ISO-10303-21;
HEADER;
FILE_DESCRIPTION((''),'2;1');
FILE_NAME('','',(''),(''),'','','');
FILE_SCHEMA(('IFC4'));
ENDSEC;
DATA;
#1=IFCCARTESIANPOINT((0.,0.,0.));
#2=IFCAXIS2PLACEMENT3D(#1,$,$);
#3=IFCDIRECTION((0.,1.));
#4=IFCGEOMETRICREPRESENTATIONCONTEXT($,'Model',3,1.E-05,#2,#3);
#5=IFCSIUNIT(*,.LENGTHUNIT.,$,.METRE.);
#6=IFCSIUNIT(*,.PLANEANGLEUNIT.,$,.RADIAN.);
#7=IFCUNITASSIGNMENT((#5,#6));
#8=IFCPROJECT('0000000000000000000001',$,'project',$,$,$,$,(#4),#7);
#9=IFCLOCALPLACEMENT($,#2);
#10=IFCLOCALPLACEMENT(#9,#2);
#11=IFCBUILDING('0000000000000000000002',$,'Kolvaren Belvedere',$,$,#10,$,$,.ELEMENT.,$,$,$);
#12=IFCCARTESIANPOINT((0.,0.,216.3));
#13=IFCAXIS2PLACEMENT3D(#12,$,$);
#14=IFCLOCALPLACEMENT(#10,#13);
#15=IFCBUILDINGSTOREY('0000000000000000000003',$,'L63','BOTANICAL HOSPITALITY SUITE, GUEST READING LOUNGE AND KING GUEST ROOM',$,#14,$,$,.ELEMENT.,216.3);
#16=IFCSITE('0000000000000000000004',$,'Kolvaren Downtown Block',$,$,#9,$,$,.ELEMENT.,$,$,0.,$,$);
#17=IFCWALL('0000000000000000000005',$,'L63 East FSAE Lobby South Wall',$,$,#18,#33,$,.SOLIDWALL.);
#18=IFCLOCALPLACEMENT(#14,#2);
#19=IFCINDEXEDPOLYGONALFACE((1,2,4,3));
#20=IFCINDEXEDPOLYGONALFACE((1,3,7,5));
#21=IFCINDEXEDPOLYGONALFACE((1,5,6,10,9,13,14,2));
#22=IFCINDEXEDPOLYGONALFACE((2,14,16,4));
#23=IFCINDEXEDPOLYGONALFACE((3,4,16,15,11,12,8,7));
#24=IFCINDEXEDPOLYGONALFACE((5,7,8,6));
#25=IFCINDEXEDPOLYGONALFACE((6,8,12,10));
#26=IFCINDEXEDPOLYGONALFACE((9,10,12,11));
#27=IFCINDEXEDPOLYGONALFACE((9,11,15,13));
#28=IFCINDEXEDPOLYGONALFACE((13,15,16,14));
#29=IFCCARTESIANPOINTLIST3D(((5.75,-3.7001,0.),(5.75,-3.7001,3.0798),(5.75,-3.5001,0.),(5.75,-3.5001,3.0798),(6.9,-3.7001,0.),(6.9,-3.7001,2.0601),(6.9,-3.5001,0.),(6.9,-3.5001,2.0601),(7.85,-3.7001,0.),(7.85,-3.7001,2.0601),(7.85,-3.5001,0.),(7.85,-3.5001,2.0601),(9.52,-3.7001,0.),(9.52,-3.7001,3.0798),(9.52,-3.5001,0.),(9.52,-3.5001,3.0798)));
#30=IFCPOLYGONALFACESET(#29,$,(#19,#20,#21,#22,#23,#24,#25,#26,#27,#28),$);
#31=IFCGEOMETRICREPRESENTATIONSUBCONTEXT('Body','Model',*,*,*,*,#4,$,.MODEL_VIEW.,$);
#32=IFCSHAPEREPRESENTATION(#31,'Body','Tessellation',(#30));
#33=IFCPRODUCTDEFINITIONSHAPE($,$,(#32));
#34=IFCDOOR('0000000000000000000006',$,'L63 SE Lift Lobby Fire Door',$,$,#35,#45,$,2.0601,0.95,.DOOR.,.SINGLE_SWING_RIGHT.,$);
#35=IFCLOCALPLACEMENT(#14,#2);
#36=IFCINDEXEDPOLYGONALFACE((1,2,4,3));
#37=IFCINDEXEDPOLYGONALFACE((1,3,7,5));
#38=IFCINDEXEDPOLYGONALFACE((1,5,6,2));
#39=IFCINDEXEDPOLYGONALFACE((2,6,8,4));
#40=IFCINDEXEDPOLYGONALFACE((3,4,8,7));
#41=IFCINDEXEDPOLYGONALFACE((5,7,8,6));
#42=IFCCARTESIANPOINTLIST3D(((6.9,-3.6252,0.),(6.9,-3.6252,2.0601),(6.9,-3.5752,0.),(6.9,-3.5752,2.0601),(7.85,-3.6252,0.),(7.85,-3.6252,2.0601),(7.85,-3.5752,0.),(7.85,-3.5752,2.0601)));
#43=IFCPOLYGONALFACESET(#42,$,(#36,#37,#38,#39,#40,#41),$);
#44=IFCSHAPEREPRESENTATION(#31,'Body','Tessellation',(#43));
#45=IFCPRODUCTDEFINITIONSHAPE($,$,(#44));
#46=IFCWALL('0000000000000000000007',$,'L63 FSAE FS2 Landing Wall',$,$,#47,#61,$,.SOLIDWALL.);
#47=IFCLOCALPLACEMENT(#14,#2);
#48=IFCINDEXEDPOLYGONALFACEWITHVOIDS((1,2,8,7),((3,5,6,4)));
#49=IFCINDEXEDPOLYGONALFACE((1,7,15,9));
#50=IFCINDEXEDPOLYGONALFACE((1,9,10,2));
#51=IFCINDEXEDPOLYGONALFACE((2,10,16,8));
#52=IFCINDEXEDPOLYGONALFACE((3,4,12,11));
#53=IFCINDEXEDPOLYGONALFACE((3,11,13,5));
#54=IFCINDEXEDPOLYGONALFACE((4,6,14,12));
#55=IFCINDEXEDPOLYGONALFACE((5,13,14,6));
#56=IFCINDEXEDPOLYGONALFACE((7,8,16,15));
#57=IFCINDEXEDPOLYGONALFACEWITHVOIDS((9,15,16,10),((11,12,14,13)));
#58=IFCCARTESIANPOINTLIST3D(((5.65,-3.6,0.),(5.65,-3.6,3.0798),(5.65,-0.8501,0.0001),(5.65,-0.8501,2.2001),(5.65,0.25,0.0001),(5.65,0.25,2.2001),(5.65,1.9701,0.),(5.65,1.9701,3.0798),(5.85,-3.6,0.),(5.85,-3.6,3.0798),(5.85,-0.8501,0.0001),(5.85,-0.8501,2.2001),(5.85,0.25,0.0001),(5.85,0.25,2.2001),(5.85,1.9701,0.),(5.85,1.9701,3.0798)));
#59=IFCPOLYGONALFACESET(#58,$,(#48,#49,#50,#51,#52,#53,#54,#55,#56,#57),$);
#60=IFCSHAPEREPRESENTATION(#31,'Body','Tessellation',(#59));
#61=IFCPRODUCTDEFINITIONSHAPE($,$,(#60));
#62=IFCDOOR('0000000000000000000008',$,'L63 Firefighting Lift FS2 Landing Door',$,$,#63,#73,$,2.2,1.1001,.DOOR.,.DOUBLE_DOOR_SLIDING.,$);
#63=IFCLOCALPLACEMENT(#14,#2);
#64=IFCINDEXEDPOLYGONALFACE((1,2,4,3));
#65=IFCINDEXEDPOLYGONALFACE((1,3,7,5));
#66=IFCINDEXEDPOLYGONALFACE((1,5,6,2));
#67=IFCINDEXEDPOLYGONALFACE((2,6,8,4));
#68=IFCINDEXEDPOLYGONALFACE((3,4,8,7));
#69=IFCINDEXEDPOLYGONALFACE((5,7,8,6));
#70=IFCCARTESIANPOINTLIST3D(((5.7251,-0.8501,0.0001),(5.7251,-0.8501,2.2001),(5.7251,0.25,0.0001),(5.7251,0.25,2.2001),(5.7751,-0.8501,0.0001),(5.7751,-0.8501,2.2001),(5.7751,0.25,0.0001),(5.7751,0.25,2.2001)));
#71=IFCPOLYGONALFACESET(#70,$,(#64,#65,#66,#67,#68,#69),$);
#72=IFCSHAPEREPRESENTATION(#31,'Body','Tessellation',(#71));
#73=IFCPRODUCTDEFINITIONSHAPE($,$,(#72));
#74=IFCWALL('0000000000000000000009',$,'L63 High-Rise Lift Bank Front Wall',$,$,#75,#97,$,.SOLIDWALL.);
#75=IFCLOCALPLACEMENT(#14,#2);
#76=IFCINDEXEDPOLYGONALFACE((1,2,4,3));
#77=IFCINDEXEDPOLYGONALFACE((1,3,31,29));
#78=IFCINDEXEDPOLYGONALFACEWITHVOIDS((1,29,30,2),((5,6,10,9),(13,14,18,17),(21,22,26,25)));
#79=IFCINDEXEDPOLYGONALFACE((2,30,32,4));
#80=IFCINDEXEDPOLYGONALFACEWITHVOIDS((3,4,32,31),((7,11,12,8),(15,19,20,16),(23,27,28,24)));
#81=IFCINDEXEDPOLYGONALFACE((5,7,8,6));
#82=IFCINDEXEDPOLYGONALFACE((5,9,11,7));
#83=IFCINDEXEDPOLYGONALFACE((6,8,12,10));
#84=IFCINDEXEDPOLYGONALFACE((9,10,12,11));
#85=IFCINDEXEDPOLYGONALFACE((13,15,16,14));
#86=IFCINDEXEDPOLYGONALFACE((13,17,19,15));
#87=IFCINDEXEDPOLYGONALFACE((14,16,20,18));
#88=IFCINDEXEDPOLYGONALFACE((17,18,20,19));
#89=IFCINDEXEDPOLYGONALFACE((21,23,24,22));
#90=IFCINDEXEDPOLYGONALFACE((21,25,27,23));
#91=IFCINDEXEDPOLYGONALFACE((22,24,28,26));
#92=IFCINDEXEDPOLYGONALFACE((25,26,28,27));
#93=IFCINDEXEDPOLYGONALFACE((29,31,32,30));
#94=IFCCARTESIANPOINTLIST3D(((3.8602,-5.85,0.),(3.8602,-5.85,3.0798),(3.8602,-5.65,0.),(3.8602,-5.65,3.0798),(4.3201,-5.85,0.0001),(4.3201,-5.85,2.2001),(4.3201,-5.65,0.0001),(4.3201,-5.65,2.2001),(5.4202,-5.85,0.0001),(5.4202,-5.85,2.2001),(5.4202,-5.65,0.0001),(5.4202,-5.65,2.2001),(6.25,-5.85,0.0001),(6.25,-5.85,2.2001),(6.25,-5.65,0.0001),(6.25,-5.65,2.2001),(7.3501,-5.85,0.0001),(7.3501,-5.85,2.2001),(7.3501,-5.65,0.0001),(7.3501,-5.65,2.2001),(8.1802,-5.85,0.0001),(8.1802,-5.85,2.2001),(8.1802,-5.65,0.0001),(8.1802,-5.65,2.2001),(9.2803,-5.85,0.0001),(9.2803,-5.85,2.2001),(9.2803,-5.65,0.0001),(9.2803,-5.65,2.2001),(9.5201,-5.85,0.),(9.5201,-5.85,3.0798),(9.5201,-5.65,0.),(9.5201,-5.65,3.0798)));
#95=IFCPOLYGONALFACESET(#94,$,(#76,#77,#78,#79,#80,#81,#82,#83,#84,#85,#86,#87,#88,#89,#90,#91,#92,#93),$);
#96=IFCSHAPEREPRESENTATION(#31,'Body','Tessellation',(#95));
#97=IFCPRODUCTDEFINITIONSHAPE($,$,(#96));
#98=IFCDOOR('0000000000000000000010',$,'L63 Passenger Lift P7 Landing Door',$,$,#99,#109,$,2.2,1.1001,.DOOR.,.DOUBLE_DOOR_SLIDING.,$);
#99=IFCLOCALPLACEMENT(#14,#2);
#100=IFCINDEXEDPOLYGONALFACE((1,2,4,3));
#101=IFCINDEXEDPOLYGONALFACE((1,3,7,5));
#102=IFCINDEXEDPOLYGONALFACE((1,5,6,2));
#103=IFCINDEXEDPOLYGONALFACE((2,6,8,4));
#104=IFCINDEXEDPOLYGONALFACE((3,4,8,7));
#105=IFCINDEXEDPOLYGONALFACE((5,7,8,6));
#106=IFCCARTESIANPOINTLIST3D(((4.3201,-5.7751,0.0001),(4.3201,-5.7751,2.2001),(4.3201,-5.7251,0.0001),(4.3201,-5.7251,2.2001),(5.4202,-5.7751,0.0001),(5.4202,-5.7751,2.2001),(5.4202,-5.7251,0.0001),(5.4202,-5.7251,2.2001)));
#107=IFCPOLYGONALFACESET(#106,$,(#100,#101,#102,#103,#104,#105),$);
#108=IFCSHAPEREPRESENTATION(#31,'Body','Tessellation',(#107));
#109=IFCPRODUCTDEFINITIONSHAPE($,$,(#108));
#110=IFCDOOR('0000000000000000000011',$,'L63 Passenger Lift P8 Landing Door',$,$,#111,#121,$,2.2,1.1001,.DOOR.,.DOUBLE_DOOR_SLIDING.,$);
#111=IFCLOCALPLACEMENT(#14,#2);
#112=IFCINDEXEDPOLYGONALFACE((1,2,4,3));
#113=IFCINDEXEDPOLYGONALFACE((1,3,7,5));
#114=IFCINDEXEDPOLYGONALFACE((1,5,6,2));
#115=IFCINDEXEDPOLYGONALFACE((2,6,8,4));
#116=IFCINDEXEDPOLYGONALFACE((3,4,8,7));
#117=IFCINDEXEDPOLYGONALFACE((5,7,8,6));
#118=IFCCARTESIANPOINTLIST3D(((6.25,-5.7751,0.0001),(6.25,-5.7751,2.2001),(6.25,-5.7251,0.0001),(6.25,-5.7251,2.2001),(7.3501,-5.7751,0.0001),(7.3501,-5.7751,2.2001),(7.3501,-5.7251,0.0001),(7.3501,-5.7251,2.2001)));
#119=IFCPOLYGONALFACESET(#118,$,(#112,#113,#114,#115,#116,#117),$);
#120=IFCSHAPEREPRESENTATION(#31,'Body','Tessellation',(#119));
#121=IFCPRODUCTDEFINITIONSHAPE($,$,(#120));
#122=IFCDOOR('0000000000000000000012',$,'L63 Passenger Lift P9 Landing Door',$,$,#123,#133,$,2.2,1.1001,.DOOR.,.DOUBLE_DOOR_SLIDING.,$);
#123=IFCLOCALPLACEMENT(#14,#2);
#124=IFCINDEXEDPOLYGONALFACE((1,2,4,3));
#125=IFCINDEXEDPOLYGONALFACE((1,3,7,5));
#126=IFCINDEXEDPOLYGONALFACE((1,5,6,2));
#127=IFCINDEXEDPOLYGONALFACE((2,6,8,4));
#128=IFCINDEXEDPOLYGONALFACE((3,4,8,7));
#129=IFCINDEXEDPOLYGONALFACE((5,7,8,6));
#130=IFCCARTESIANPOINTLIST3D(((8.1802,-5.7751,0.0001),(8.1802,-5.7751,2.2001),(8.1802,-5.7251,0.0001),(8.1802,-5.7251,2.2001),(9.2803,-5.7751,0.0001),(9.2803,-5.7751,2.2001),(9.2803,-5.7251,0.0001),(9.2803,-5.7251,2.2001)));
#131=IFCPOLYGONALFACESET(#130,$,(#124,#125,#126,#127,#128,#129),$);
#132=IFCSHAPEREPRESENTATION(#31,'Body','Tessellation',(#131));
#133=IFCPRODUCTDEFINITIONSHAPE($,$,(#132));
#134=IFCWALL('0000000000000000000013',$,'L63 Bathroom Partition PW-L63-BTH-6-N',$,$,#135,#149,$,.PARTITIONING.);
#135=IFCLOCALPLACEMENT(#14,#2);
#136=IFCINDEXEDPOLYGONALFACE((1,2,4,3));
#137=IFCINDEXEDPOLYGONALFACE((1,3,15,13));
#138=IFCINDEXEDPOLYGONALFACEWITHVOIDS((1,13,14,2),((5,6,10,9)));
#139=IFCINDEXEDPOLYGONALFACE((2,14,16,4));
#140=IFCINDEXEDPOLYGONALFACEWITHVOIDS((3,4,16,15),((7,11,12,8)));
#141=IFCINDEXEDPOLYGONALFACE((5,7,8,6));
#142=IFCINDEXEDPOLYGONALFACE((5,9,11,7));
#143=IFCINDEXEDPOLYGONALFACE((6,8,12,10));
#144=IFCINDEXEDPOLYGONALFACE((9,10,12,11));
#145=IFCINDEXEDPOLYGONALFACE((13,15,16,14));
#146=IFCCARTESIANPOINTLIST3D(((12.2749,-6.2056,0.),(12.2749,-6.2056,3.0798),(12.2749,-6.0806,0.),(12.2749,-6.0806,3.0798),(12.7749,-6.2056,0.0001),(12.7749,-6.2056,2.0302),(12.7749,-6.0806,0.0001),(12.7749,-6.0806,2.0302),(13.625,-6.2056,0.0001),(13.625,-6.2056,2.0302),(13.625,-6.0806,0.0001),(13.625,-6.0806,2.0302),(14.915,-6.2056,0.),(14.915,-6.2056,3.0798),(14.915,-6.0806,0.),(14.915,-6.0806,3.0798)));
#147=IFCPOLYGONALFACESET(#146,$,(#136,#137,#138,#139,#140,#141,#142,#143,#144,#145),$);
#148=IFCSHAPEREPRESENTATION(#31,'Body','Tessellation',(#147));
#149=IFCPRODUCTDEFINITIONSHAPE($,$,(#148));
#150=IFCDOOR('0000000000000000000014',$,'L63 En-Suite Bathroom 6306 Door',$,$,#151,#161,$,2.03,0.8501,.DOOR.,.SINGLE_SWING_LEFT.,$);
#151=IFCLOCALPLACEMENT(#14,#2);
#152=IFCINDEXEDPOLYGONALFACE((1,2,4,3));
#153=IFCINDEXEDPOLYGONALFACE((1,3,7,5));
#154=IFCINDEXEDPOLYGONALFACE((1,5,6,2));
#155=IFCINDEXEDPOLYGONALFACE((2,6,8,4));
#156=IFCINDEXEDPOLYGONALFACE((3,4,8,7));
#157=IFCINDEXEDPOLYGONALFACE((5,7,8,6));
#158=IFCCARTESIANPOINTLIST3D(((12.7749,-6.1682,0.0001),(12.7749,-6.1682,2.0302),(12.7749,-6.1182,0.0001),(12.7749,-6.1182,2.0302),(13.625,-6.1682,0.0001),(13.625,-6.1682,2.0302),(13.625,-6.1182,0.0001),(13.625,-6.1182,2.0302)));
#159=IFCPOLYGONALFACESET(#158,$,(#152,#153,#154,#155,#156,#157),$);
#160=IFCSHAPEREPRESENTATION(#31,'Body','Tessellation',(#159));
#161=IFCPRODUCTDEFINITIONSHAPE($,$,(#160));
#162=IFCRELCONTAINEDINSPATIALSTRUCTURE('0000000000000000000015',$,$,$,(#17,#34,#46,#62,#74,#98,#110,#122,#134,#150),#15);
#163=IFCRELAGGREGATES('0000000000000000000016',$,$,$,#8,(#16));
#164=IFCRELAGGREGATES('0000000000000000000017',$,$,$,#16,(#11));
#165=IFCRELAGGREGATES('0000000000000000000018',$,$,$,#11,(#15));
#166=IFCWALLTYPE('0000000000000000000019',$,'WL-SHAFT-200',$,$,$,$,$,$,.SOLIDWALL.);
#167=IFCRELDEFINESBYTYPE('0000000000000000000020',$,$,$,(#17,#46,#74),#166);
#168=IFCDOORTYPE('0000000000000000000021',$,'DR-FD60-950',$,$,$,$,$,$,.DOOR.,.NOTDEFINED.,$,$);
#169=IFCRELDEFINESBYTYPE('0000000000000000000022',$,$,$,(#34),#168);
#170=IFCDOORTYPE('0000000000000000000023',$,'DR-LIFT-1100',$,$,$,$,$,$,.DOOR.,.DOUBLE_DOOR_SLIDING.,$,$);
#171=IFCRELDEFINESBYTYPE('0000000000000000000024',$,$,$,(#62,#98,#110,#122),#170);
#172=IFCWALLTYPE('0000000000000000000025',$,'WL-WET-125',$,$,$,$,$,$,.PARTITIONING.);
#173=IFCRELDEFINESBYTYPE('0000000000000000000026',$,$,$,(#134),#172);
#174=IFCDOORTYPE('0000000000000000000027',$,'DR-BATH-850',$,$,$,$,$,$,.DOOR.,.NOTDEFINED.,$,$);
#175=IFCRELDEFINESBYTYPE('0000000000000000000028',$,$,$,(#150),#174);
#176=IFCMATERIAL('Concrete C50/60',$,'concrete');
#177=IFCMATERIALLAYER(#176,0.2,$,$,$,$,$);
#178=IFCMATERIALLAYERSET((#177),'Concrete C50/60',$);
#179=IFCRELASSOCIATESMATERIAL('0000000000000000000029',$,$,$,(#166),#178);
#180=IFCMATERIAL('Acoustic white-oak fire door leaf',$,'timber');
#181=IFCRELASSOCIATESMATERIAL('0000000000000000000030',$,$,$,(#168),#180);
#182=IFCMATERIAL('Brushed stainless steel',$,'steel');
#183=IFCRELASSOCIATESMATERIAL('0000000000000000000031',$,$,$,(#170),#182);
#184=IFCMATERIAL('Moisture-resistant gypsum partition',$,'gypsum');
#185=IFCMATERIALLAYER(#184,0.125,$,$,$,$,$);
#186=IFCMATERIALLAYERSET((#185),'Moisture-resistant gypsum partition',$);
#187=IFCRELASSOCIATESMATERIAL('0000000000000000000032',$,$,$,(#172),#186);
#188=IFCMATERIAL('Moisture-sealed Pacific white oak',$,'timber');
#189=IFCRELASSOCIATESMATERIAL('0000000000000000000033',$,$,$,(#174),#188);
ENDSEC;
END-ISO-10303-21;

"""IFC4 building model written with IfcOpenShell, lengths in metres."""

from ifc_helpers import new_model, si_unit, direction, frame, frame_2d, origin, place, context, subcontext, project, spatial, rectangle, extrude, material, layer, layer_set, type_object, element, fill, save


model = new_model("IFC4")

# Units and contexts
model_context = context("Model", 3, precision=1e-05, world=origin(), true_north=direction((0.0, 1.0)))
body_context = subcontext(model_context, "Body", "Model", "MODEL_VIEW")
ifc_project = project(units=[si_unit("LENGTHUNIT", "METRE"), si_unit("PLANEANGLEUNIT", "RADIAN")], contexts=[model_context])

# Site, building, storey
site_placement = place(None, origin())
site = spatial("IfcSite", under=ifc_project, at=site_placement, Name="Kolvaren Downtown Block", CompositionType="ELEMENT", RefElevation=0.0)
building_placement = place(site_placement, origin())
building = spatial("IfcBuilding", under=site, at=building_placement, Name="Kolvaren Belvedere", CompositionType="ELEMENT")
storey_placement = place(building_placement, frame((0.0, 0.0, 216.3)))
storey = spatial("IfcBuildingStorey", under=building, at=storey_placement, Name="L63", Description="BOTANICAL HOSPITALITY SUITE, GUEST READING LOUNGE AND KING GUEST ROOM", CompositionType="ELEMENT", Elevation=216.3)

# Walls, openings, doors
ifc_material_1 = material(Name="Concrete C50/60", Category="concrete")
ifc_layer_1 = layer(ifc_material_1, 0.2)
ifc_layer_set_1 = layer_set([ifc_layer_1], Name="Concrete C50/60")
wall_type_1 = type_object("IfcWallType", Name="WL-SHAFT-200", PredefinedType="SOLIDWALL", material=ifc_layer_set_1)
wall_1_placement = place(storey_placement, frame((5.75, -3.6001, 0.0), z_axis=(0.0, 0.0, 1.0), x_axis=(1.0, 0.0, 0.0)))
wall_1 = element("IfcWall", 1, at=wall_1_placement, inside=storey, type_object=wall_type_1, Name="L63 East FSAE Lobby South Wall", PredefinedType="SOLIDWALL", context=body_context, shape_type="SweptSolid", body=[
    extrude(rectangle(XDim=3.77, YDim=0.2, at=frame_2d((1.885, 0.0))), origin(), (0.0, 0.0, 1.0), 3.0798),
])
opening_1_placement = place(wall_1_placement, frame((1.1499, 0.0, 0.0)))
opening_1 = element("IfcOpeningElement", 2, at=opening_1_placement, cuts=wall_1, PredefinedType="OPENING", context=body_context, shape_type="SweptSolid", body=[
    extrude(rectangle(XDim=0.95, YDim=2.0601, at=frame_2d((0.4751, 1.03))), frame((0.0, 0.1099, 0.0), z_axis=(0.0, -1.0, 0.0), x_axis=(1.0, 0.0, 0.0)), (0.0, 0.0, 1.0), 0.22),
])
ifc_material_2 = material(Name="Acoustic white-oak fire door leaf", Category="timber")
door_type_1 = type_object("IfcDoorType", Name="DR-FD60-950", OperationType="NOTDEFINED", PredefinedType="DOOR", material=ifc_material_2)
door_1_placement = place(opening_1_placement, origin())
door_1 = element("IfcDoor", 3, at=door_1_placement, inside=storey, type_object=door_type_1, Name="L63 SE Lift Lobby Fire Door", OperationType="SINGLE_SWING_RIGHT", OverallHeight=2.0601, OverallWidth=0.95, PredefinedType="DOOR", context=body_context, shape_type="SweptSolid", body=[
    extrude(rectangle(XDim=0.95, YDim=2.0601, at=frame_2d((0.4751, 1.03))), frame((0.0, 0.0249, 0.0), z_axis=(0.0, -1.0, 0.0), x_axis=(1.0, 0.0, 0.0)), (0.0, 0.0, 1.0), 0.05),
])
fill(opening_1, door_1)
wall_2_placement = place(storey_placement, frame((5.75, -3.6001, 0.0), z_axis=(0.0, 0.0, 1.0), x_axis=(0.0, 1.0, 0.0)))
wall_2 = element("IfcWall", 4, at=wall_2_placement, inside=storey, type_object=wall_type_1, Name="L63 FSAE FS2 Landing Wall", PredefinedType="SOLIDWALL", context=body_context, shape_type="SweptSolid", body=[
    extrude(rectangle(XDim=5.5701, YDim=0.2, at=frame_2d((2.7852, 0.0))), origin(), (0.0, 0.0, 1.0), 3.0798),
])
opening_2_placement = place(wall_2_placement, frame((2.75, 0.0, 0.0)))
opening_2 = element("IfcOpeningElement", 5, at=opening_2_placement, cuts=wall_2, PredefinedType="OPENING", context=body_context, shape_type="SweptSolid", body=[
    extrude(rectangle(XDim=1.1001, YDim=2.2, at=frame_2d((0.55, 1.1001))), frame((0.0, 0.1099, 0.0), z_axis=(0.0, -1.0, 0.0), x_axis=(1.0, 0.0, 0.0)), (0.0, 0.0, 1.0), 0.22),
])
ifc_material_3 = material(Name="Brushed stainless steel", Category="steel")
door_type_2 = type_object("IfcDoorType", Name="DR-LIFT-1100", OperationType="DOUBLE_DOOR_SLIDING", PredefinedType="DOOR", material=ifc_material_3)
door_2_placement = place(opening_2_placement, origin())
door_2 = element("IfcDoor", 6, at=door_2_placement, inside=storey, type_object=door_type_2, Name="L63 Firefighting Lift FS2 Landing Door", OperationType="DOUBLE_DOOR_SLIDING", OverallHeight=2.2, OverallWidth=1.1001, PredefinedType="DOOR", context=body_context, shape_type="SweptSolid", body=[
    extrude(rectangle(XDim=1.1001, YDim=2.2, at=frame_2d((0.55, 1.1001))), frame((0.0, 0.0249, 0.0), z_axis=(0.0, -1.0, 0.0), x_axis=(1.0, 0.0, 0.0)), (0.0, 0.0, 1.0), 0.05),
])
fill(opening_2, door_2)

# Wall, openings, doors
wall_3_placement = place(storey_placement, frame((3.8601, -5.75, 0.0), z_axis=(0.0, 0.0, 1.0), x_axis=(1.0, 0.0, 0.0)))
wall_3 = element("IfcWall", 7, at=wall_3_placement, inside=storey, type_object=wall_type_1, Name="L63 High-Rise Lift Bank Front Wall", PredefinedType="SOLIDWALL", context=body_context, shape_type="SweptSolid", body=[
    extrude(rectangle(XDim=5.6599, YDim=0.2, at=frame_2d((2.8301, 0.0))), origin(), (0.0, 0.0, 1.0), 3.0798),
])
opening_3_placement = place(wall_3_placement, frame((0.46, 0.0, 0.0)))
opening_3 = element("IfcOpeningElement", 8, at=opening_3_placement, cuts=wall_3, PredefinedType="OPENING", context=body_context, shape_type="SweptSolid", body=[
    extrude(rectangle(XDim=1.1001, YDim=2.2, at=frame_2d((0.55, 1.1001))), frame((0.0, 0.1099, 0.0), z_axis=(0.0, -1.0, 0.0), x_axis=(1.0, 0.0, 0.0)), (0.0, 0.0, 1.0), 0.22),
])
opening_4_placement = place(wall_3_placement, frame((2.3899, 0.0, 0.0)))
opening_4 = element("IfcOpeningElement", 9, at=opening_4_placement, cuts=wall_3, PredefinedType="OPENING", context=body_context, shape_type="SweptSolid", body=[
    extrude(rectangle(XDim=1.1001, YDim=2.2, at=frame_2d((0.55, 1.1001))), frame((0.0, 0.1099, 0.0), z_axis=(0.0, -1.0, 0.0), x_axis=(1.0, 0.0, 0.0)), (0.0, 0.0, 1.0), 0.22),
])
opening_5_placement = place(wall_3_placement, frame((4.3201, 0.0, 0.0)))
opening_5 = element("IfcOpeningElement", 10, at=opening_5_placement, cuts=wall_3, PredefinedType="OPENING", context=body_context, shape_type="SweptSolid", body=[
    extrude(rectangle(XDim=1.1001, YDim=2.2, at=frame_2d((0.55, 1.1001))), frame((0.0, 0.1099, 0.0), z_axis=(0.0, -1.0, 0.0), x_axis=(1.0, 0.0, 0.0)), (0.0, 0.0, 1.0), 0.22),
])
door_3_placement = place(opening_3_placement, origin())
door_3 = element("IfcDoor", 11, at=door_3_placement, inside=storey, type_object=door_type_2, Name="L63 Passenger Lift P7 Landing Door", OperationType="DOUBLE_DOOR_SLIDING", OverallHeight=2.2, OverallWidth=1.1001, PredefinedType="DOOR", context=body_context, shape_type="SweptSolid", body=[
    extrude(rectangle(XDim=1.1001, YDim=2.2, at=frame_2d((0.55, 1.1001))), frame((0.0, 0.0249, 0.0), z_axis=(0.0, -1.0, 0.0), x_axis=(1.0, 0.0, 0.0)), (0.0, 0.0, 1.0), 0.05),
])
fill(opening_3, door_3)
door_4_placement = place(opening_4_placement, origin())
door_4 = element("IfcDoor", 12, at=door_4_placement, inside=storey, type_object=door_type_2, Name="L63 Passenger Lift P8 Landing Door", OperationType="DOUBLE_DOOR_SLIDING", OverallHeight=2.2, OverallWidth=1.1001, PredefinedType="DOOR", context=body_context, shape_type="SweptSolid", body=[
    extrude(rectangle(XDim=1.1001, YDim=2.2, at=frame_2d((0.55, 1.1001))), frame((0.0, 0.0249, 0.0), z_axis=(0.0, -1.0, 0.0), x_axis=(1.0, 0.0, 0.0)), (0.0, 0.0, 1.0), 0.05),
])
fill(opening_4, door_4)
door_5_placement = place(opening_5_placement, origin())
door_5 = element("IfcDoor", 13, at=door_5_placement, inside=storey, type_object=door_type_2, Name="L63 Passenger Lift P9 Landing Door", OperationType="DOUBLE_DOOR_SLIDING", OverallHeight=2.2, OverallWidth=1.1001, PredefinedType="DOOR", context=body_context, shape_type="SweptSolid", body=[
    extrude(rectangle(XDim=1.1001, YDim=2.2, at=frame_2d((0.55, 1.1001))), frame((0.0, 0.0249, 0.0), z_axis=(0.0, -1.0, 0.0), x_axis=(1.0, 0.0, 0.0)), (0.0, 0.0, 1.0), 0.05),
])
fill(opening_5, door_5)

# Wall, opening, door
ifc_material_4 = material(Name="Moisture-resistant gypsum partition", Category="gypsum")
ifc_layer_2 = layer(ifc_material_4, 0.125)
ifc_layer_set_2 = layer_set([ifc_layer_2], Name="Moisture-resistant gypsum partition")
wall_type_2 = type_object("IfcWallType", Name="WL-WET-125", PredefinedType="PARTITIONING", material=ifc_layer_set_2)
wall_4_placement = place(storey_placement, frame((12.2749, -6.1431, 0.0), z_axis=(0.0, 0.0, 1.0), x_axis=(1.0, 0.0, 0.0)))
wall_4 = element("IfcWall", 14, at=wall_4_placement, inside=storey, type_object=wall_type_2, Name="L63 Bathroom Partition PW-L63-BTH-6-N", PredefinedType="PARTITIONING", context=body_context, shape_type="SweptSolid", body=[
    extrude(rectangle(XDim=2.6401, YDim=0.125, at=frame_2d((1.3201, 0.0))), origin(), (0.0, 0.0, 1.0), 3.0798),
])
opening_6_placement = place(wall_4_placement, frame((0.5, 0.0, 0.0)))
opening_6 = element("IfcOpeningElement", 15, at=opening_6_placement, cuts=wall_4, PredefinedType="OPENING", context=body_context, shape_type="SweptSolid", body=[
    extrude(rectangle(XDim=0.8501, YDim=2.03, at=frame_2d((0.425, 1.0151))), frame((0.0, 0.0725, 0.0), z_axis=(0.0, -1.0, 0.0), x_axis=(1.0, 0.0, 0.0)), (0.0, 0.0, 1.0), 0.145),
])
ifc_material_5 = material(Name="Moisture-sealed Pacific white oak", Category="timber")
door_type_3 = type_object("IfcDoorType", Name="DR-BATH-850", OperationType="NOTDEFINED", PredefinedType="DOOR", material=ifc_material_5)
door_6_placement = place(opening_6_placement, origin())
door_6 = element("IfcDoor", 16, at=door_6_placement, inside=storey, type_object=door_type_3, Name="L63 En-Suite Bathroom 6306 Door", OperationType="SINGLE_SWING_LEFT", OverallHeight=2.03, OverallWidth=0.8501, PredefinedType="DOOR", context=body_context, shape_type="SweptSolid", body=[
    extrude(rectangle(XDim=0.8501, YDim=2.03, at=frame_2d((0.425, 1.0151))), frame((0.0, 0.0249, 0.0), z_axis=(0.0, -1.0, 0.0), x_axis=(1.0, 0.0, 0.0)), (0.0, 0.0, 1.0), 0.05),
])
fill(opening_6, door_6)

save(model, "model.ifc")
